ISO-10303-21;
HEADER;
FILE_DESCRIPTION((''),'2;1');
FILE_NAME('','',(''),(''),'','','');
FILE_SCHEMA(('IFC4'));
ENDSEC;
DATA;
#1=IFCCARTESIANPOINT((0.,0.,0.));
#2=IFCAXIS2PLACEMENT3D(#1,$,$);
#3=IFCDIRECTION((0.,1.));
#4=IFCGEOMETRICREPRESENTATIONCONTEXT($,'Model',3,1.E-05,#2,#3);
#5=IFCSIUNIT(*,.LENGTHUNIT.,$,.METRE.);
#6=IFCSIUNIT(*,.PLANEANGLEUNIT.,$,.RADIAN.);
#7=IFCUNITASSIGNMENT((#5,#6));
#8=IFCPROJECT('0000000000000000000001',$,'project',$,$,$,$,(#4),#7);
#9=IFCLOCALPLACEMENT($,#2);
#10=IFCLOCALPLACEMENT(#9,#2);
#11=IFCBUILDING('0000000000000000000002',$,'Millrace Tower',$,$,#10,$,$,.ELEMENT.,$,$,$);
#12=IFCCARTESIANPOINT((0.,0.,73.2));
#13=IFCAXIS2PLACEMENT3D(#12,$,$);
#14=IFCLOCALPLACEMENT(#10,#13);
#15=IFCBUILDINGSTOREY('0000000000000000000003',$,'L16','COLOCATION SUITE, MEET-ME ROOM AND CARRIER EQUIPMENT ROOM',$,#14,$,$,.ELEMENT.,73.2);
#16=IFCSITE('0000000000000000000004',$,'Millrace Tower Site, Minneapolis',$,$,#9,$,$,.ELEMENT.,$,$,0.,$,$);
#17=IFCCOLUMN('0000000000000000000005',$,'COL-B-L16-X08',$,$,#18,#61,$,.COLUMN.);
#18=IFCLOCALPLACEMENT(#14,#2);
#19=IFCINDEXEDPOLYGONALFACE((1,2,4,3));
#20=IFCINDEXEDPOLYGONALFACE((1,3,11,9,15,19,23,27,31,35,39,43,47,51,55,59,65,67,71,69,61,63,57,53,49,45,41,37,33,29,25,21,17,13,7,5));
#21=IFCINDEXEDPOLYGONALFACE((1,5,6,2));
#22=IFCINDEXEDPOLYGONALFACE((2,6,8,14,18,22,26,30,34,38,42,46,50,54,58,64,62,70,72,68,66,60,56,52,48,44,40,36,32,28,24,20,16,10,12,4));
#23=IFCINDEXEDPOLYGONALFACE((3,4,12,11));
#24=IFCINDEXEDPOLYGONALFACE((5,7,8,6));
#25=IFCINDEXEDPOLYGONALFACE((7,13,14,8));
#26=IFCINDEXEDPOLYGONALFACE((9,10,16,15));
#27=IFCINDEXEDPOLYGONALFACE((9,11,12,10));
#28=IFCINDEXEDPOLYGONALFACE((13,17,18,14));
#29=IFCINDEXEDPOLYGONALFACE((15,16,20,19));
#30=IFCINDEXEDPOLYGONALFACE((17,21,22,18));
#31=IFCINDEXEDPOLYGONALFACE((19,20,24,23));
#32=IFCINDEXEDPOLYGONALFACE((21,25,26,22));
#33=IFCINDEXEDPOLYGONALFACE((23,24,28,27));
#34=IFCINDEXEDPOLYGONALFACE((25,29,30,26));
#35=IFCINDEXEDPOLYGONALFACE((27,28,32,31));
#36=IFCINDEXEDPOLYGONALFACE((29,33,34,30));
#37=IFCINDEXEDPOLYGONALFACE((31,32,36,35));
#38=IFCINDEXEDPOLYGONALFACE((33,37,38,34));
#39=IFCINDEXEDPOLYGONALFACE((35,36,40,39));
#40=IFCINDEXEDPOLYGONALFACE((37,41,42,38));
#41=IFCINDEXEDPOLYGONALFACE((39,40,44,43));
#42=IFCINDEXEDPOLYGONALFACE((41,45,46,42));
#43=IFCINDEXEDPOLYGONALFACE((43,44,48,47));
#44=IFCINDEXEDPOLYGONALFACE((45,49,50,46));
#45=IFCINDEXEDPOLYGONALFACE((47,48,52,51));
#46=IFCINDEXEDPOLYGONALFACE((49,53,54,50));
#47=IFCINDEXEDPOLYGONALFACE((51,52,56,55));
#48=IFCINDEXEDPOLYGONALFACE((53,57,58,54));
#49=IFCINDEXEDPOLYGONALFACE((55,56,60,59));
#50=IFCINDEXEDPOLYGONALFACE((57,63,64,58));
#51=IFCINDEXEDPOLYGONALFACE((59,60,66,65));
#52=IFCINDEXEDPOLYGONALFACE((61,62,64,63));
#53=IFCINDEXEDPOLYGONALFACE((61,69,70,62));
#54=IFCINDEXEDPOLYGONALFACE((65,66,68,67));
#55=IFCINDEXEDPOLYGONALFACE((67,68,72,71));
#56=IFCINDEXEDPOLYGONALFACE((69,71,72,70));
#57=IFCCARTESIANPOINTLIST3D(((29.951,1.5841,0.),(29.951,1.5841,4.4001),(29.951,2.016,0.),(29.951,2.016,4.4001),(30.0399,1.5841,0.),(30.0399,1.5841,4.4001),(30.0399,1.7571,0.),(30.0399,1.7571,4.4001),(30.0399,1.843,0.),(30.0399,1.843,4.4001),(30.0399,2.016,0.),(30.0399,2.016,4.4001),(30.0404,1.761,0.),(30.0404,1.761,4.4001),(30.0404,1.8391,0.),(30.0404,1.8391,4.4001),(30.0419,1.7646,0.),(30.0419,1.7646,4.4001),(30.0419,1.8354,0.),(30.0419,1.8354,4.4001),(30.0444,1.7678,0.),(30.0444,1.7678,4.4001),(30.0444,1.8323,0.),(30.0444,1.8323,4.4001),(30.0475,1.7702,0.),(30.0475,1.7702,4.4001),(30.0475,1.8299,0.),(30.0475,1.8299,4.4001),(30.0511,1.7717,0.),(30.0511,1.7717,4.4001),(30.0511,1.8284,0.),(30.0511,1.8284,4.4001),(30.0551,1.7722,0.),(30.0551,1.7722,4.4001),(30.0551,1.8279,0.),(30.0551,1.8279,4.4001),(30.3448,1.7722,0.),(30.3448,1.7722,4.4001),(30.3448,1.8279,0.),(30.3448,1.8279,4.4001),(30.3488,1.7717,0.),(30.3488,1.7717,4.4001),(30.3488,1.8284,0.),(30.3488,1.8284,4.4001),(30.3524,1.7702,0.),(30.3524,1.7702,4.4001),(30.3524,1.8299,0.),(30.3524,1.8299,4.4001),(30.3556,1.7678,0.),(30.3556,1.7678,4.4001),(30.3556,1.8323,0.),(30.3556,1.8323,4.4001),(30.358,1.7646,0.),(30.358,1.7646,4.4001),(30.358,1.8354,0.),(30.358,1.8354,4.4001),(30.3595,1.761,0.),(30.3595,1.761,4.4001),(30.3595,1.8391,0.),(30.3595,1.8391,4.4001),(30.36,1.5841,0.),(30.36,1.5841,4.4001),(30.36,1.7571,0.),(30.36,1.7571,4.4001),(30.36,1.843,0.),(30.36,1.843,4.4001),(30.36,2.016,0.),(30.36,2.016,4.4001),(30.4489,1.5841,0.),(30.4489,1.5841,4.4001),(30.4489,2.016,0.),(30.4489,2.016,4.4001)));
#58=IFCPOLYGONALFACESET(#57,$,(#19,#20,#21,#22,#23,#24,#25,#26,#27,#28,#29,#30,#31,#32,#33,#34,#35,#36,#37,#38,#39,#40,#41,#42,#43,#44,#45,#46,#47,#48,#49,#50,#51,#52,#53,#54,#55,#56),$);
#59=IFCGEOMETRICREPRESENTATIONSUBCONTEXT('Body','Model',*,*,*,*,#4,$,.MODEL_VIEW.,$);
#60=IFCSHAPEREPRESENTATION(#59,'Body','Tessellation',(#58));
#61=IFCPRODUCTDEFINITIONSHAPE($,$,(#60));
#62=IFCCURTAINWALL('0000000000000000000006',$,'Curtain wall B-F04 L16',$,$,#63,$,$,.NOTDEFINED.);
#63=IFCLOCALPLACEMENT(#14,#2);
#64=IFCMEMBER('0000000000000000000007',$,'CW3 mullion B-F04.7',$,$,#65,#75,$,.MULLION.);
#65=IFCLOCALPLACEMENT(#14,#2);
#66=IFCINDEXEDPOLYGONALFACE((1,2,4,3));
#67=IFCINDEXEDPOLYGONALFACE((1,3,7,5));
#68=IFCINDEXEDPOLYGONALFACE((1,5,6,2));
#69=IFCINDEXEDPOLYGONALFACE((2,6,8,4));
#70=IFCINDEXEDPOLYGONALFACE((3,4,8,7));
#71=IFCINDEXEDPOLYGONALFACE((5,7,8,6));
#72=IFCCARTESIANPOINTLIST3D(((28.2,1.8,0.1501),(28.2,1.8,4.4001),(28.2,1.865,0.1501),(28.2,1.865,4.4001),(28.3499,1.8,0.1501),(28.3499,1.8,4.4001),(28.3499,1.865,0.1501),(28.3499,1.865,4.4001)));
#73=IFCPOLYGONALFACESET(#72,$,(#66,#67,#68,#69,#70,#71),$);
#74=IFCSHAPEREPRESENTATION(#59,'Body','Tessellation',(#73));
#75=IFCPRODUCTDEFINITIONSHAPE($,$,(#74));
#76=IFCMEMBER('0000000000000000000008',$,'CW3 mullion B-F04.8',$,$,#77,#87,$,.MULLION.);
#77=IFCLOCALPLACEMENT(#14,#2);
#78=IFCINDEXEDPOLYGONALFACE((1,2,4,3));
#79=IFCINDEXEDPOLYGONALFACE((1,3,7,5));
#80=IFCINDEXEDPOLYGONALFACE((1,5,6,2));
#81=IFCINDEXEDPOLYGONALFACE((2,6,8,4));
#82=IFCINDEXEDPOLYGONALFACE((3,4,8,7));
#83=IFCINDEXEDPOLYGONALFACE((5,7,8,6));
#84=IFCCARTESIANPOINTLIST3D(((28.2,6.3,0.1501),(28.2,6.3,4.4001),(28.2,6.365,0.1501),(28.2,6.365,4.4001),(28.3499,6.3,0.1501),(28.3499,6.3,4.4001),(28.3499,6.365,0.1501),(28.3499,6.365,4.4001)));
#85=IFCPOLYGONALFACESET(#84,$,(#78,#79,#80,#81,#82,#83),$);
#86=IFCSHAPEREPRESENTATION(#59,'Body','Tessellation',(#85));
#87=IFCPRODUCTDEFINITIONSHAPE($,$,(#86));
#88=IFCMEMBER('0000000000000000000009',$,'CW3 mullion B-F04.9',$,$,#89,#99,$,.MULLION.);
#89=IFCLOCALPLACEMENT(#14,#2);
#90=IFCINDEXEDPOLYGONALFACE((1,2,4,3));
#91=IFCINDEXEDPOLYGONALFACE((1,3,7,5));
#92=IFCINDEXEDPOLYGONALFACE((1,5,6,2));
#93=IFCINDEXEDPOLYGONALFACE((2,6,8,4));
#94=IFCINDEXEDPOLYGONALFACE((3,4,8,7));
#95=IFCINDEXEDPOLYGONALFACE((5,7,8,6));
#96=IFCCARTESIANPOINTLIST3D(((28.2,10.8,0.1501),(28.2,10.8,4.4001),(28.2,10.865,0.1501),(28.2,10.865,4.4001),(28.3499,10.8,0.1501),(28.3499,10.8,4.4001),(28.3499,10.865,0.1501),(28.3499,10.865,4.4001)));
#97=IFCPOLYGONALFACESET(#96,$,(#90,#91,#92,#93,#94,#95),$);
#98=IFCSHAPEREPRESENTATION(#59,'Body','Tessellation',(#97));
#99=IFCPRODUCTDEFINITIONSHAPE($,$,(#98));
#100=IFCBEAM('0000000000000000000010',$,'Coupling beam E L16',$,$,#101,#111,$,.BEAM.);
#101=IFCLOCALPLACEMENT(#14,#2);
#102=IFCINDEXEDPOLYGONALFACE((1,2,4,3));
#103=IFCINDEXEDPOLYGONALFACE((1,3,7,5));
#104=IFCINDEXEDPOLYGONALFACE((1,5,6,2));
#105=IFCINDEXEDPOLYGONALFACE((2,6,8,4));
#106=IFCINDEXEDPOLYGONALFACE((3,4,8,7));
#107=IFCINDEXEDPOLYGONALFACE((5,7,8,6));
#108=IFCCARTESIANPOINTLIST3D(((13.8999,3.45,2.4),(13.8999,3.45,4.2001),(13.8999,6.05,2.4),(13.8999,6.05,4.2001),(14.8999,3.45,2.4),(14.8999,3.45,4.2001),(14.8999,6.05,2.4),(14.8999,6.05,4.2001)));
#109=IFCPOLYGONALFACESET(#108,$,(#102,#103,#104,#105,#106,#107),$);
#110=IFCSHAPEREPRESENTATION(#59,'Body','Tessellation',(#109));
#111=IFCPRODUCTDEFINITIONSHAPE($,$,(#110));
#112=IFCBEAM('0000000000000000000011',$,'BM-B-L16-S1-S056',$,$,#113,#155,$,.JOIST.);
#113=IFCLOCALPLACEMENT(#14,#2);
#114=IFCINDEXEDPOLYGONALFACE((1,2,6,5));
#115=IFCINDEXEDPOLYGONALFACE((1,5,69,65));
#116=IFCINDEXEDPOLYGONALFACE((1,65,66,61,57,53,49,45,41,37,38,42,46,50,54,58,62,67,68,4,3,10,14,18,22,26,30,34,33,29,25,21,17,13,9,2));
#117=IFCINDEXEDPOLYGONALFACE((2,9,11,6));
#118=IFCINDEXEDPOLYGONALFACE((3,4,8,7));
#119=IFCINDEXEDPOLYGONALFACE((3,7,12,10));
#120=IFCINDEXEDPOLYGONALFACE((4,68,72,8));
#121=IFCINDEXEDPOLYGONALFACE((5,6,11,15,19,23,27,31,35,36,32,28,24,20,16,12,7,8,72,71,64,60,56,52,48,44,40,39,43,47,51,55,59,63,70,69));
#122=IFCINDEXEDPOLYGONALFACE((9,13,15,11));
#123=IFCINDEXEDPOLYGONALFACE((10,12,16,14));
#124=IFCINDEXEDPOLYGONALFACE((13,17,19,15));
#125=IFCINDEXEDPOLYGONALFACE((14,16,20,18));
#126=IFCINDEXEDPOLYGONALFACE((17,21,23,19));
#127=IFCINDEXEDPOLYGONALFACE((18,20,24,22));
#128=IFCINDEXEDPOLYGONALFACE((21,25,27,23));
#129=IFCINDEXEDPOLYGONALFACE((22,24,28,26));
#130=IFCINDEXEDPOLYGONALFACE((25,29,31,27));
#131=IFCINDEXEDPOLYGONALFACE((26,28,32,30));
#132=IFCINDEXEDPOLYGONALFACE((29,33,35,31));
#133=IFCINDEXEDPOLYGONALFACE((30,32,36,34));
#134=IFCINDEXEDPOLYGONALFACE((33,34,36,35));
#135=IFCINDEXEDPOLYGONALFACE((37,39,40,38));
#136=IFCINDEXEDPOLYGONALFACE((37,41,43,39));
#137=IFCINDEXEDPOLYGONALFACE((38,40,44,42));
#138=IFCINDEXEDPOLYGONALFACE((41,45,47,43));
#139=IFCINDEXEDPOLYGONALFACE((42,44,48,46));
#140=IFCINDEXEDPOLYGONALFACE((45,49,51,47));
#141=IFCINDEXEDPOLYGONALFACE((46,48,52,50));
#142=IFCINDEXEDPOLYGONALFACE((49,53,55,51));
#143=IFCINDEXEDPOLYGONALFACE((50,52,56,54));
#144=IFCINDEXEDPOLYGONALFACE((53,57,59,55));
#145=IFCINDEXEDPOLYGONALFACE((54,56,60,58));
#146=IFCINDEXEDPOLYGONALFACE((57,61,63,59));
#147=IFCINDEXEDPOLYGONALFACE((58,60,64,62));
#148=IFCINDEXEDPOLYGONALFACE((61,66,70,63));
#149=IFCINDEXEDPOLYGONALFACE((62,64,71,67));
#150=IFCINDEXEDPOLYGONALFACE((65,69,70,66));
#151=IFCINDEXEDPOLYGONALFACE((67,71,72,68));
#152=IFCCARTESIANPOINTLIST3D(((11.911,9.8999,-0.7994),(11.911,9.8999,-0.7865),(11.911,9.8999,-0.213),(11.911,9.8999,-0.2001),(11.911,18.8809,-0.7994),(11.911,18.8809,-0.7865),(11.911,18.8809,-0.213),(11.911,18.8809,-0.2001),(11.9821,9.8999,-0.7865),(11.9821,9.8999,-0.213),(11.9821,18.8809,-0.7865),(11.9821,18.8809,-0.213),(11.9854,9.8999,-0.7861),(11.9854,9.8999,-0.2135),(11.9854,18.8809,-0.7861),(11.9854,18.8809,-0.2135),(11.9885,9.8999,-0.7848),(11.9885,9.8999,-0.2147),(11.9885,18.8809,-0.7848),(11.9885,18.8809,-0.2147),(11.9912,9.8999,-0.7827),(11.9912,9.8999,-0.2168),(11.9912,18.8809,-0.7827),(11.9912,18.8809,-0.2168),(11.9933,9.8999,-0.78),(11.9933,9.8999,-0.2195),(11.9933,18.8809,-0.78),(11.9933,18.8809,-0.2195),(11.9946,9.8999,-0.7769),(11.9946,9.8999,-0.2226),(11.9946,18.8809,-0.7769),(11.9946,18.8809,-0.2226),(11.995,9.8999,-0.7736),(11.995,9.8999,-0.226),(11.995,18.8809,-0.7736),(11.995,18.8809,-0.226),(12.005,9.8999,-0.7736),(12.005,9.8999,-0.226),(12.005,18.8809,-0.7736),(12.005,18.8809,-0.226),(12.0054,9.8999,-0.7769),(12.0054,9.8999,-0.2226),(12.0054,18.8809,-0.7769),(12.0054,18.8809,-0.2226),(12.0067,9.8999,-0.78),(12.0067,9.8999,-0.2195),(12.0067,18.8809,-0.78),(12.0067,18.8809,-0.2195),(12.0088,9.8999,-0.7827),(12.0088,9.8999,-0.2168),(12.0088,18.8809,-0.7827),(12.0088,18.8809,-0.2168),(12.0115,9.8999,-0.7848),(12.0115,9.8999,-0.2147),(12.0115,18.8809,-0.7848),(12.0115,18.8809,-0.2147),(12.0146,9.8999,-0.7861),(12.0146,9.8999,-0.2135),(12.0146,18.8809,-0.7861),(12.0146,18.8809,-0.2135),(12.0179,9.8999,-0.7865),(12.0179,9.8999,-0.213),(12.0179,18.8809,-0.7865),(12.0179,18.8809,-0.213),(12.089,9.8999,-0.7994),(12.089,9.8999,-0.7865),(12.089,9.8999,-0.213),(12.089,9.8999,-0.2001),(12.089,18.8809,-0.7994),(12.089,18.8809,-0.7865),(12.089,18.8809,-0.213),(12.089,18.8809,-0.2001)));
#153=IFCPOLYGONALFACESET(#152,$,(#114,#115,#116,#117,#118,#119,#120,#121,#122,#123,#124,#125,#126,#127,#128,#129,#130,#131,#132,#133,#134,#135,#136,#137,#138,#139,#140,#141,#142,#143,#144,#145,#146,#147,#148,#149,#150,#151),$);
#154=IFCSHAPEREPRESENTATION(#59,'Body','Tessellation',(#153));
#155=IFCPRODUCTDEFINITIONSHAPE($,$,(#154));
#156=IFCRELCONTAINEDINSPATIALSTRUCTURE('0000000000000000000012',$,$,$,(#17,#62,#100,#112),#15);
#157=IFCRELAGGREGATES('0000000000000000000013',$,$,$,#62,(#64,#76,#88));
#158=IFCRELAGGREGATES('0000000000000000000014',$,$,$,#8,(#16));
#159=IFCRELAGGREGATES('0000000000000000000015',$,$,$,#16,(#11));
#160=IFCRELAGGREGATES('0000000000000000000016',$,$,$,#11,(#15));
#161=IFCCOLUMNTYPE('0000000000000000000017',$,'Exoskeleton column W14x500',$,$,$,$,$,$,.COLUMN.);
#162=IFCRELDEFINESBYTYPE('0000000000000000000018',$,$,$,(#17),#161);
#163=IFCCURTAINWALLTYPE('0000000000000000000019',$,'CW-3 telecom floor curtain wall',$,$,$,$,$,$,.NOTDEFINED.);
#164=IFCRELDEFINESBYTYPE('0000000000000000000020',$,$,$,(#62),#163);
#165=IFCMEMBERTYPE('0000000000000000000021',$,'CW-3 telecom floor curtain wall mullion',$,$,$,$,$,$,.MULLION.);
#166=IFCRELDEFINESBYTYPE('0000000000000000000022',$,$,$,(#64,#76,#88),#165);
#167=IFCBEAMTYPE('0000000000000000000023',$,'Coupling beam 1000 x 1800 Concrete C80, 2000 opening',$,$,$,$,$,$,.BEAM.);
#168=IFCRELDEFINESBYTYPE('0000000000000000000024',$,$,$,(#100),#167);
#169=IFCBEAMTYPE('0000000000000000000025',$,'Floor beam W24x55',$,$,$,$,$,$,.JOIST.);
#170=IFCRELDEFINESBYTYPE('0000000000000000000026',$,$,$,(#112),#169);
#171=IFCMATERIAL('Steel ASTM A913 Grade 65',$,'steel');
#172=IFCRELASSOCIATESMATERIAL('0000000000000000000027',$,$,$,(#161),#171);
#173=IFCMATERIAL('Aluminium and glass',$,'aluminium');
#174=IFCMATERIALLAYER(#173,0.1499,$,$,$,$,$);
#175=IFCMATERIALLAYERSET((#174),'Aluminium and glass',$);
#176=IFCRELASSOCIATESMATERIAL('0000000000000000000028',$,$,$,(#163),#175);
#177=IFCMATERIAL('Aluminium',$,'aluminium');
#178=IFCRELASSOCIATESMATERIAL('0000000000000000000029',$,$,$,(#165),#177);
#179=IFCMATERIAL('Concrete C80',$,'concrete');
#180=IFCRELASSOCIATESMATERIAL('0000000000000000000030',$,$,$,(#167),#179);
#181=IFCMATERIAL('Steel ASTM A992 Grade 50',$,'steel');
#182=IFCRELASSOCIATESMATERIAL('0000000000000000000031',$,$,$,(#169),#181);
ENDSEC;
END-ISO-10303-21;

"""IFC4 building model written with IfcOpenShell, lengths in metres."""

from ifc_helpers import new_model, si_unit, direction, frame, origin, origin_2d, place, context, subcontext, project, spatial, rectangle, i_section, extrude, material, layer, layer_set, material_profile, profile_set, type_object, element, aggregate, save


model = new_model("IFC4")

# Units and contexts
model_context = context("Model", 3, precision=1e-05, world=origin(), true_north=direction((0.0, 1.0)))
body_context = subcontext(model_context, "Body", "Model", "MODEL_VIEW")
ifc_project = project(units=[si_unit("LENGTHUNIT", "METRE"), si_unit("PLANEANGLEUNIT", "RADIAN")], contexts=[model_context])

# Site, building, storey
site_placement = place(None, origin())
site = spatial("IfcSite", under=ifc_project, at=site_placement, Name="Millrace Tower Site, Minneapolis", CompositionType="ELEMENT", RefElevation=0.0)
building_placement = place(site_placement, origin())
building = spatial("IfcBuilding", under=site, at=building_placement, Name="Millrace Tower", CompositionType="ELEMENT")
storey_placement = place(building_placement, frame((0.0, 0.0, 73.2)))
storey = spatial("IfcBuildingStorey", under=building, at=storey_placement, Name="L16", Description="COLOCATION SUITE, MEET-ME ROOM AND CARRIER EQUIPMENT ROOM", CompositionType="ELEMENT", Elevation=73.2)

# Column
ifc_material_1 = material(Name="Steel ASTM A913 Grade 65", Category="steel")
ifc_material_profile_1 = material_profile(ifc_material_1, i_section(OverallWidth=0.4319, OverallDepth=0.4978, WebThickness=0.0557, FlangeThickness=0.0889, FilletRadius=0.0151, at=origin_2d()))
ifc_profile_set_1 = profile_set([ifc_material_profile_1], Name="Steel ASTM A913 Grade 65")
column_type = type_object("IfcColumnType", Name="Exoskeleton column W14x500", PredefinedType="COLUMN", material=ifc_profile_set_1)
column_placement = place(storey_placement, frame((30.2, 1.8, 0.0), z_axis=(0.0, 0.0, 1.0), x_axis=(0.0, 1.0, 0.0)))
element("IfcColumn", 1, at=column_placement, inside=storey, type_object=column_type, Name="COL-B-L16-X08", PredefinedType="COLUMN", context=body_context, shape_type="SweptSolid", body=[
    extrude(i_section(OverallWidth=0.4319, OverallDepth=0.4978, WebThickness=0.0557, FlangeThickness=0.0889, FilletRadius=0.0151, at=origin_2d()), origin(), (0.0, 0.0, 1.0), 4.4001),
])

# Curtain wall, members
ifc_material_2 = material(Name="Aluminium and glass", Category="aluminium")
ifc_layer_1 = layer(ifc_material_2, 0.1499)
ifc_layer_set_1 = layer_set([ifc_layer_1], Name="Aluminium and glass")
curtain_wall_type = type_object("IfcCurtainWallType", Name="CW-3 telecom floor curtain wall", PredefinedType="NOTDEFINED", material=ifc_layer_set_1)
curtain_wall_placement = place(storey_placement, origin())
curtain_wall = element("IfcCurtainWall", 2, at=curtain_wall_placement, inside=storey, type_object=curtain_wall_type, Name="Curtain wall B-F04 L16", PredefinedType="NOTDEFINED")
ifc_material_3 = material(Name="Aluminium", Category="aluminium")
ifc_material_profile_2 = material_profile(ifc_material_3, rectangle(XDim=0.0649, YDim=0.1499, at=origin_2d()))
ifc_profile_set_2 = profile_set([ifc_material_profile_2], Name="Aluminium")
member_type = type_object("IfcMemberType", Name="CW-3 telecom floor curtain wall mullion", PredefinedType="MULLION", material=ifc_profile_set_2)
member_1_placement = place(storey_placement, frame((28.2749, 1.8325, 0.1501), z_axis=(0.0, 0.0, 1.0), x_axis=(0.0, 1.0, 0.0)))
member_1 = element("IfcMember", 3, at=member_1_placement, type_object=member_type, Name="CW3 mullion B-F04.7", PredefinedType="MULLION", context=body_context, shape_type="SweptSolid", body=[
    extrude(rectangle(XDim=0.0649, YDim=0.1499, at=origin_2d()), origin(), (0.0, 0.0, 1.0), 4.25),
])
member_2_placement = place(storey_placement, frame((28.2749, 6.3325, 0.1501), z_axis=(0.0, 0.0, 1.0), x_axis=(0.0, 1.0, 0.0)))
member_2 = element("IfcMember", 4, at=member_2_placement, type_object=member_type, Name="CW3 mullion B-F04.8", PredefinedType="MULLION", context=body_context, shape_type="SweptSolid", body=[
    extrude(rectangle(XDim=0.0649, YDim=0.1499, at=origin_2d()), origin(), (0.0, 0.0, 1.0), 4.25),
])
member_3_placement = place(storey_placement, frame((28.2749, 10.8325, 0.1501), z_axis=(0.0, 0.0, 1.0), x_axis=(0.0, 1.0, 0.0)))
member_3 = element("IfcMember", 5, at=member_3_placement, type_object=member_type, Name="CW3 mullion B-F04.9", PredefinedType="MULLION", context=body_context, shape_type="SweptSolid", body=[
    extrude(rectangle(XDim=0.0649, YDim=0.1499, at=origin_2d()), origin(), (0.0, 0.0, 1.0), 4.25),
])
aggregate(curtain_wall, [member_1, member_2, member_3])

# Beams
ifc_material_4 = material(Name="Concrete C80", Category="concrete")
ifc_material_profile_3 = material_profile(ifc_material_4, rectangle(XDim=1.0, YDim=1.8, at=origin_2d()))
ifc_profile_set_3 = profile_set([ifc_material_profile_3], Name="Concrete C80")
beam_type_1 = type_object("IfcBeamType", Name="Coupling beam 1000 x 1800 Concrete C80, 2000 opening", PredefinedType="BEAM", material=ifc_profile_set_3)
beam_1_placement = place(storey_placement, frame((14.3999, 6.05, 3.3), z_axis=(0.0, -1.0, 0.0), x_axis=(1.0, 0.0, 0.0)))
element("IfcBeam", 6, at=beam_1_placement, inside=storey, type_object=beam_type_1, Name="Coupling beam E L16", PredefinedType="BEAM", context=body_context, shape_type="SweptSolid", body=[
    extrude(rectangle(XDim=1.0, YDim=1.8, at=origin_2d()), origin(), (0.0, 0.0, 1.0), 2.6001),
])
ifc_material_5 = material(Name="Steel ASTM A992 Grade 50", Category="steel")
ifc_material_profile_4 = material_profile(ifc_material_5, i_section(OverallWidth=0.178, OverallDepth=0.5994, WebThickness=0.01, FlangeThickness=0.0129, FilletRadius=0.0129, at=origin_2d()))
ifc_profile_set_4 = profile_set([ifc_material_profile_4], Name="Steel ASTM A992 Grade 50")
beam_type_2 = type_object("IfcBeamType", Name="Floor beam W24x55", PredefinedType="JOIST", material=ifc_profile_set_4)
beam_2_placement = place(storey_placement, frame((12.0, 9.8999, -0.4998), z_axis=(0.0, 1.0, 0.0), x_axis=(-1.0, 0.0, 0.0)))
element("IfcBeam", 7, at=beam_2_placement, inside=storey, type_object=beam_type_2, Name="BM-B-L16-S1-S056", PredefinedType="JOIST", context=body_context, shape_type="SweptSolid", body=[
    extrude(i_section(OverallWidth=0.178, OverallDepth=0.5994, WebThickness=0.01, FlangeThickness=0.0129, FilletRadius=0.0129, at=origin_2d()), origin(), (0.0, 0.0, 1.0), 8.981),
])

save(model, "model.ifc")
